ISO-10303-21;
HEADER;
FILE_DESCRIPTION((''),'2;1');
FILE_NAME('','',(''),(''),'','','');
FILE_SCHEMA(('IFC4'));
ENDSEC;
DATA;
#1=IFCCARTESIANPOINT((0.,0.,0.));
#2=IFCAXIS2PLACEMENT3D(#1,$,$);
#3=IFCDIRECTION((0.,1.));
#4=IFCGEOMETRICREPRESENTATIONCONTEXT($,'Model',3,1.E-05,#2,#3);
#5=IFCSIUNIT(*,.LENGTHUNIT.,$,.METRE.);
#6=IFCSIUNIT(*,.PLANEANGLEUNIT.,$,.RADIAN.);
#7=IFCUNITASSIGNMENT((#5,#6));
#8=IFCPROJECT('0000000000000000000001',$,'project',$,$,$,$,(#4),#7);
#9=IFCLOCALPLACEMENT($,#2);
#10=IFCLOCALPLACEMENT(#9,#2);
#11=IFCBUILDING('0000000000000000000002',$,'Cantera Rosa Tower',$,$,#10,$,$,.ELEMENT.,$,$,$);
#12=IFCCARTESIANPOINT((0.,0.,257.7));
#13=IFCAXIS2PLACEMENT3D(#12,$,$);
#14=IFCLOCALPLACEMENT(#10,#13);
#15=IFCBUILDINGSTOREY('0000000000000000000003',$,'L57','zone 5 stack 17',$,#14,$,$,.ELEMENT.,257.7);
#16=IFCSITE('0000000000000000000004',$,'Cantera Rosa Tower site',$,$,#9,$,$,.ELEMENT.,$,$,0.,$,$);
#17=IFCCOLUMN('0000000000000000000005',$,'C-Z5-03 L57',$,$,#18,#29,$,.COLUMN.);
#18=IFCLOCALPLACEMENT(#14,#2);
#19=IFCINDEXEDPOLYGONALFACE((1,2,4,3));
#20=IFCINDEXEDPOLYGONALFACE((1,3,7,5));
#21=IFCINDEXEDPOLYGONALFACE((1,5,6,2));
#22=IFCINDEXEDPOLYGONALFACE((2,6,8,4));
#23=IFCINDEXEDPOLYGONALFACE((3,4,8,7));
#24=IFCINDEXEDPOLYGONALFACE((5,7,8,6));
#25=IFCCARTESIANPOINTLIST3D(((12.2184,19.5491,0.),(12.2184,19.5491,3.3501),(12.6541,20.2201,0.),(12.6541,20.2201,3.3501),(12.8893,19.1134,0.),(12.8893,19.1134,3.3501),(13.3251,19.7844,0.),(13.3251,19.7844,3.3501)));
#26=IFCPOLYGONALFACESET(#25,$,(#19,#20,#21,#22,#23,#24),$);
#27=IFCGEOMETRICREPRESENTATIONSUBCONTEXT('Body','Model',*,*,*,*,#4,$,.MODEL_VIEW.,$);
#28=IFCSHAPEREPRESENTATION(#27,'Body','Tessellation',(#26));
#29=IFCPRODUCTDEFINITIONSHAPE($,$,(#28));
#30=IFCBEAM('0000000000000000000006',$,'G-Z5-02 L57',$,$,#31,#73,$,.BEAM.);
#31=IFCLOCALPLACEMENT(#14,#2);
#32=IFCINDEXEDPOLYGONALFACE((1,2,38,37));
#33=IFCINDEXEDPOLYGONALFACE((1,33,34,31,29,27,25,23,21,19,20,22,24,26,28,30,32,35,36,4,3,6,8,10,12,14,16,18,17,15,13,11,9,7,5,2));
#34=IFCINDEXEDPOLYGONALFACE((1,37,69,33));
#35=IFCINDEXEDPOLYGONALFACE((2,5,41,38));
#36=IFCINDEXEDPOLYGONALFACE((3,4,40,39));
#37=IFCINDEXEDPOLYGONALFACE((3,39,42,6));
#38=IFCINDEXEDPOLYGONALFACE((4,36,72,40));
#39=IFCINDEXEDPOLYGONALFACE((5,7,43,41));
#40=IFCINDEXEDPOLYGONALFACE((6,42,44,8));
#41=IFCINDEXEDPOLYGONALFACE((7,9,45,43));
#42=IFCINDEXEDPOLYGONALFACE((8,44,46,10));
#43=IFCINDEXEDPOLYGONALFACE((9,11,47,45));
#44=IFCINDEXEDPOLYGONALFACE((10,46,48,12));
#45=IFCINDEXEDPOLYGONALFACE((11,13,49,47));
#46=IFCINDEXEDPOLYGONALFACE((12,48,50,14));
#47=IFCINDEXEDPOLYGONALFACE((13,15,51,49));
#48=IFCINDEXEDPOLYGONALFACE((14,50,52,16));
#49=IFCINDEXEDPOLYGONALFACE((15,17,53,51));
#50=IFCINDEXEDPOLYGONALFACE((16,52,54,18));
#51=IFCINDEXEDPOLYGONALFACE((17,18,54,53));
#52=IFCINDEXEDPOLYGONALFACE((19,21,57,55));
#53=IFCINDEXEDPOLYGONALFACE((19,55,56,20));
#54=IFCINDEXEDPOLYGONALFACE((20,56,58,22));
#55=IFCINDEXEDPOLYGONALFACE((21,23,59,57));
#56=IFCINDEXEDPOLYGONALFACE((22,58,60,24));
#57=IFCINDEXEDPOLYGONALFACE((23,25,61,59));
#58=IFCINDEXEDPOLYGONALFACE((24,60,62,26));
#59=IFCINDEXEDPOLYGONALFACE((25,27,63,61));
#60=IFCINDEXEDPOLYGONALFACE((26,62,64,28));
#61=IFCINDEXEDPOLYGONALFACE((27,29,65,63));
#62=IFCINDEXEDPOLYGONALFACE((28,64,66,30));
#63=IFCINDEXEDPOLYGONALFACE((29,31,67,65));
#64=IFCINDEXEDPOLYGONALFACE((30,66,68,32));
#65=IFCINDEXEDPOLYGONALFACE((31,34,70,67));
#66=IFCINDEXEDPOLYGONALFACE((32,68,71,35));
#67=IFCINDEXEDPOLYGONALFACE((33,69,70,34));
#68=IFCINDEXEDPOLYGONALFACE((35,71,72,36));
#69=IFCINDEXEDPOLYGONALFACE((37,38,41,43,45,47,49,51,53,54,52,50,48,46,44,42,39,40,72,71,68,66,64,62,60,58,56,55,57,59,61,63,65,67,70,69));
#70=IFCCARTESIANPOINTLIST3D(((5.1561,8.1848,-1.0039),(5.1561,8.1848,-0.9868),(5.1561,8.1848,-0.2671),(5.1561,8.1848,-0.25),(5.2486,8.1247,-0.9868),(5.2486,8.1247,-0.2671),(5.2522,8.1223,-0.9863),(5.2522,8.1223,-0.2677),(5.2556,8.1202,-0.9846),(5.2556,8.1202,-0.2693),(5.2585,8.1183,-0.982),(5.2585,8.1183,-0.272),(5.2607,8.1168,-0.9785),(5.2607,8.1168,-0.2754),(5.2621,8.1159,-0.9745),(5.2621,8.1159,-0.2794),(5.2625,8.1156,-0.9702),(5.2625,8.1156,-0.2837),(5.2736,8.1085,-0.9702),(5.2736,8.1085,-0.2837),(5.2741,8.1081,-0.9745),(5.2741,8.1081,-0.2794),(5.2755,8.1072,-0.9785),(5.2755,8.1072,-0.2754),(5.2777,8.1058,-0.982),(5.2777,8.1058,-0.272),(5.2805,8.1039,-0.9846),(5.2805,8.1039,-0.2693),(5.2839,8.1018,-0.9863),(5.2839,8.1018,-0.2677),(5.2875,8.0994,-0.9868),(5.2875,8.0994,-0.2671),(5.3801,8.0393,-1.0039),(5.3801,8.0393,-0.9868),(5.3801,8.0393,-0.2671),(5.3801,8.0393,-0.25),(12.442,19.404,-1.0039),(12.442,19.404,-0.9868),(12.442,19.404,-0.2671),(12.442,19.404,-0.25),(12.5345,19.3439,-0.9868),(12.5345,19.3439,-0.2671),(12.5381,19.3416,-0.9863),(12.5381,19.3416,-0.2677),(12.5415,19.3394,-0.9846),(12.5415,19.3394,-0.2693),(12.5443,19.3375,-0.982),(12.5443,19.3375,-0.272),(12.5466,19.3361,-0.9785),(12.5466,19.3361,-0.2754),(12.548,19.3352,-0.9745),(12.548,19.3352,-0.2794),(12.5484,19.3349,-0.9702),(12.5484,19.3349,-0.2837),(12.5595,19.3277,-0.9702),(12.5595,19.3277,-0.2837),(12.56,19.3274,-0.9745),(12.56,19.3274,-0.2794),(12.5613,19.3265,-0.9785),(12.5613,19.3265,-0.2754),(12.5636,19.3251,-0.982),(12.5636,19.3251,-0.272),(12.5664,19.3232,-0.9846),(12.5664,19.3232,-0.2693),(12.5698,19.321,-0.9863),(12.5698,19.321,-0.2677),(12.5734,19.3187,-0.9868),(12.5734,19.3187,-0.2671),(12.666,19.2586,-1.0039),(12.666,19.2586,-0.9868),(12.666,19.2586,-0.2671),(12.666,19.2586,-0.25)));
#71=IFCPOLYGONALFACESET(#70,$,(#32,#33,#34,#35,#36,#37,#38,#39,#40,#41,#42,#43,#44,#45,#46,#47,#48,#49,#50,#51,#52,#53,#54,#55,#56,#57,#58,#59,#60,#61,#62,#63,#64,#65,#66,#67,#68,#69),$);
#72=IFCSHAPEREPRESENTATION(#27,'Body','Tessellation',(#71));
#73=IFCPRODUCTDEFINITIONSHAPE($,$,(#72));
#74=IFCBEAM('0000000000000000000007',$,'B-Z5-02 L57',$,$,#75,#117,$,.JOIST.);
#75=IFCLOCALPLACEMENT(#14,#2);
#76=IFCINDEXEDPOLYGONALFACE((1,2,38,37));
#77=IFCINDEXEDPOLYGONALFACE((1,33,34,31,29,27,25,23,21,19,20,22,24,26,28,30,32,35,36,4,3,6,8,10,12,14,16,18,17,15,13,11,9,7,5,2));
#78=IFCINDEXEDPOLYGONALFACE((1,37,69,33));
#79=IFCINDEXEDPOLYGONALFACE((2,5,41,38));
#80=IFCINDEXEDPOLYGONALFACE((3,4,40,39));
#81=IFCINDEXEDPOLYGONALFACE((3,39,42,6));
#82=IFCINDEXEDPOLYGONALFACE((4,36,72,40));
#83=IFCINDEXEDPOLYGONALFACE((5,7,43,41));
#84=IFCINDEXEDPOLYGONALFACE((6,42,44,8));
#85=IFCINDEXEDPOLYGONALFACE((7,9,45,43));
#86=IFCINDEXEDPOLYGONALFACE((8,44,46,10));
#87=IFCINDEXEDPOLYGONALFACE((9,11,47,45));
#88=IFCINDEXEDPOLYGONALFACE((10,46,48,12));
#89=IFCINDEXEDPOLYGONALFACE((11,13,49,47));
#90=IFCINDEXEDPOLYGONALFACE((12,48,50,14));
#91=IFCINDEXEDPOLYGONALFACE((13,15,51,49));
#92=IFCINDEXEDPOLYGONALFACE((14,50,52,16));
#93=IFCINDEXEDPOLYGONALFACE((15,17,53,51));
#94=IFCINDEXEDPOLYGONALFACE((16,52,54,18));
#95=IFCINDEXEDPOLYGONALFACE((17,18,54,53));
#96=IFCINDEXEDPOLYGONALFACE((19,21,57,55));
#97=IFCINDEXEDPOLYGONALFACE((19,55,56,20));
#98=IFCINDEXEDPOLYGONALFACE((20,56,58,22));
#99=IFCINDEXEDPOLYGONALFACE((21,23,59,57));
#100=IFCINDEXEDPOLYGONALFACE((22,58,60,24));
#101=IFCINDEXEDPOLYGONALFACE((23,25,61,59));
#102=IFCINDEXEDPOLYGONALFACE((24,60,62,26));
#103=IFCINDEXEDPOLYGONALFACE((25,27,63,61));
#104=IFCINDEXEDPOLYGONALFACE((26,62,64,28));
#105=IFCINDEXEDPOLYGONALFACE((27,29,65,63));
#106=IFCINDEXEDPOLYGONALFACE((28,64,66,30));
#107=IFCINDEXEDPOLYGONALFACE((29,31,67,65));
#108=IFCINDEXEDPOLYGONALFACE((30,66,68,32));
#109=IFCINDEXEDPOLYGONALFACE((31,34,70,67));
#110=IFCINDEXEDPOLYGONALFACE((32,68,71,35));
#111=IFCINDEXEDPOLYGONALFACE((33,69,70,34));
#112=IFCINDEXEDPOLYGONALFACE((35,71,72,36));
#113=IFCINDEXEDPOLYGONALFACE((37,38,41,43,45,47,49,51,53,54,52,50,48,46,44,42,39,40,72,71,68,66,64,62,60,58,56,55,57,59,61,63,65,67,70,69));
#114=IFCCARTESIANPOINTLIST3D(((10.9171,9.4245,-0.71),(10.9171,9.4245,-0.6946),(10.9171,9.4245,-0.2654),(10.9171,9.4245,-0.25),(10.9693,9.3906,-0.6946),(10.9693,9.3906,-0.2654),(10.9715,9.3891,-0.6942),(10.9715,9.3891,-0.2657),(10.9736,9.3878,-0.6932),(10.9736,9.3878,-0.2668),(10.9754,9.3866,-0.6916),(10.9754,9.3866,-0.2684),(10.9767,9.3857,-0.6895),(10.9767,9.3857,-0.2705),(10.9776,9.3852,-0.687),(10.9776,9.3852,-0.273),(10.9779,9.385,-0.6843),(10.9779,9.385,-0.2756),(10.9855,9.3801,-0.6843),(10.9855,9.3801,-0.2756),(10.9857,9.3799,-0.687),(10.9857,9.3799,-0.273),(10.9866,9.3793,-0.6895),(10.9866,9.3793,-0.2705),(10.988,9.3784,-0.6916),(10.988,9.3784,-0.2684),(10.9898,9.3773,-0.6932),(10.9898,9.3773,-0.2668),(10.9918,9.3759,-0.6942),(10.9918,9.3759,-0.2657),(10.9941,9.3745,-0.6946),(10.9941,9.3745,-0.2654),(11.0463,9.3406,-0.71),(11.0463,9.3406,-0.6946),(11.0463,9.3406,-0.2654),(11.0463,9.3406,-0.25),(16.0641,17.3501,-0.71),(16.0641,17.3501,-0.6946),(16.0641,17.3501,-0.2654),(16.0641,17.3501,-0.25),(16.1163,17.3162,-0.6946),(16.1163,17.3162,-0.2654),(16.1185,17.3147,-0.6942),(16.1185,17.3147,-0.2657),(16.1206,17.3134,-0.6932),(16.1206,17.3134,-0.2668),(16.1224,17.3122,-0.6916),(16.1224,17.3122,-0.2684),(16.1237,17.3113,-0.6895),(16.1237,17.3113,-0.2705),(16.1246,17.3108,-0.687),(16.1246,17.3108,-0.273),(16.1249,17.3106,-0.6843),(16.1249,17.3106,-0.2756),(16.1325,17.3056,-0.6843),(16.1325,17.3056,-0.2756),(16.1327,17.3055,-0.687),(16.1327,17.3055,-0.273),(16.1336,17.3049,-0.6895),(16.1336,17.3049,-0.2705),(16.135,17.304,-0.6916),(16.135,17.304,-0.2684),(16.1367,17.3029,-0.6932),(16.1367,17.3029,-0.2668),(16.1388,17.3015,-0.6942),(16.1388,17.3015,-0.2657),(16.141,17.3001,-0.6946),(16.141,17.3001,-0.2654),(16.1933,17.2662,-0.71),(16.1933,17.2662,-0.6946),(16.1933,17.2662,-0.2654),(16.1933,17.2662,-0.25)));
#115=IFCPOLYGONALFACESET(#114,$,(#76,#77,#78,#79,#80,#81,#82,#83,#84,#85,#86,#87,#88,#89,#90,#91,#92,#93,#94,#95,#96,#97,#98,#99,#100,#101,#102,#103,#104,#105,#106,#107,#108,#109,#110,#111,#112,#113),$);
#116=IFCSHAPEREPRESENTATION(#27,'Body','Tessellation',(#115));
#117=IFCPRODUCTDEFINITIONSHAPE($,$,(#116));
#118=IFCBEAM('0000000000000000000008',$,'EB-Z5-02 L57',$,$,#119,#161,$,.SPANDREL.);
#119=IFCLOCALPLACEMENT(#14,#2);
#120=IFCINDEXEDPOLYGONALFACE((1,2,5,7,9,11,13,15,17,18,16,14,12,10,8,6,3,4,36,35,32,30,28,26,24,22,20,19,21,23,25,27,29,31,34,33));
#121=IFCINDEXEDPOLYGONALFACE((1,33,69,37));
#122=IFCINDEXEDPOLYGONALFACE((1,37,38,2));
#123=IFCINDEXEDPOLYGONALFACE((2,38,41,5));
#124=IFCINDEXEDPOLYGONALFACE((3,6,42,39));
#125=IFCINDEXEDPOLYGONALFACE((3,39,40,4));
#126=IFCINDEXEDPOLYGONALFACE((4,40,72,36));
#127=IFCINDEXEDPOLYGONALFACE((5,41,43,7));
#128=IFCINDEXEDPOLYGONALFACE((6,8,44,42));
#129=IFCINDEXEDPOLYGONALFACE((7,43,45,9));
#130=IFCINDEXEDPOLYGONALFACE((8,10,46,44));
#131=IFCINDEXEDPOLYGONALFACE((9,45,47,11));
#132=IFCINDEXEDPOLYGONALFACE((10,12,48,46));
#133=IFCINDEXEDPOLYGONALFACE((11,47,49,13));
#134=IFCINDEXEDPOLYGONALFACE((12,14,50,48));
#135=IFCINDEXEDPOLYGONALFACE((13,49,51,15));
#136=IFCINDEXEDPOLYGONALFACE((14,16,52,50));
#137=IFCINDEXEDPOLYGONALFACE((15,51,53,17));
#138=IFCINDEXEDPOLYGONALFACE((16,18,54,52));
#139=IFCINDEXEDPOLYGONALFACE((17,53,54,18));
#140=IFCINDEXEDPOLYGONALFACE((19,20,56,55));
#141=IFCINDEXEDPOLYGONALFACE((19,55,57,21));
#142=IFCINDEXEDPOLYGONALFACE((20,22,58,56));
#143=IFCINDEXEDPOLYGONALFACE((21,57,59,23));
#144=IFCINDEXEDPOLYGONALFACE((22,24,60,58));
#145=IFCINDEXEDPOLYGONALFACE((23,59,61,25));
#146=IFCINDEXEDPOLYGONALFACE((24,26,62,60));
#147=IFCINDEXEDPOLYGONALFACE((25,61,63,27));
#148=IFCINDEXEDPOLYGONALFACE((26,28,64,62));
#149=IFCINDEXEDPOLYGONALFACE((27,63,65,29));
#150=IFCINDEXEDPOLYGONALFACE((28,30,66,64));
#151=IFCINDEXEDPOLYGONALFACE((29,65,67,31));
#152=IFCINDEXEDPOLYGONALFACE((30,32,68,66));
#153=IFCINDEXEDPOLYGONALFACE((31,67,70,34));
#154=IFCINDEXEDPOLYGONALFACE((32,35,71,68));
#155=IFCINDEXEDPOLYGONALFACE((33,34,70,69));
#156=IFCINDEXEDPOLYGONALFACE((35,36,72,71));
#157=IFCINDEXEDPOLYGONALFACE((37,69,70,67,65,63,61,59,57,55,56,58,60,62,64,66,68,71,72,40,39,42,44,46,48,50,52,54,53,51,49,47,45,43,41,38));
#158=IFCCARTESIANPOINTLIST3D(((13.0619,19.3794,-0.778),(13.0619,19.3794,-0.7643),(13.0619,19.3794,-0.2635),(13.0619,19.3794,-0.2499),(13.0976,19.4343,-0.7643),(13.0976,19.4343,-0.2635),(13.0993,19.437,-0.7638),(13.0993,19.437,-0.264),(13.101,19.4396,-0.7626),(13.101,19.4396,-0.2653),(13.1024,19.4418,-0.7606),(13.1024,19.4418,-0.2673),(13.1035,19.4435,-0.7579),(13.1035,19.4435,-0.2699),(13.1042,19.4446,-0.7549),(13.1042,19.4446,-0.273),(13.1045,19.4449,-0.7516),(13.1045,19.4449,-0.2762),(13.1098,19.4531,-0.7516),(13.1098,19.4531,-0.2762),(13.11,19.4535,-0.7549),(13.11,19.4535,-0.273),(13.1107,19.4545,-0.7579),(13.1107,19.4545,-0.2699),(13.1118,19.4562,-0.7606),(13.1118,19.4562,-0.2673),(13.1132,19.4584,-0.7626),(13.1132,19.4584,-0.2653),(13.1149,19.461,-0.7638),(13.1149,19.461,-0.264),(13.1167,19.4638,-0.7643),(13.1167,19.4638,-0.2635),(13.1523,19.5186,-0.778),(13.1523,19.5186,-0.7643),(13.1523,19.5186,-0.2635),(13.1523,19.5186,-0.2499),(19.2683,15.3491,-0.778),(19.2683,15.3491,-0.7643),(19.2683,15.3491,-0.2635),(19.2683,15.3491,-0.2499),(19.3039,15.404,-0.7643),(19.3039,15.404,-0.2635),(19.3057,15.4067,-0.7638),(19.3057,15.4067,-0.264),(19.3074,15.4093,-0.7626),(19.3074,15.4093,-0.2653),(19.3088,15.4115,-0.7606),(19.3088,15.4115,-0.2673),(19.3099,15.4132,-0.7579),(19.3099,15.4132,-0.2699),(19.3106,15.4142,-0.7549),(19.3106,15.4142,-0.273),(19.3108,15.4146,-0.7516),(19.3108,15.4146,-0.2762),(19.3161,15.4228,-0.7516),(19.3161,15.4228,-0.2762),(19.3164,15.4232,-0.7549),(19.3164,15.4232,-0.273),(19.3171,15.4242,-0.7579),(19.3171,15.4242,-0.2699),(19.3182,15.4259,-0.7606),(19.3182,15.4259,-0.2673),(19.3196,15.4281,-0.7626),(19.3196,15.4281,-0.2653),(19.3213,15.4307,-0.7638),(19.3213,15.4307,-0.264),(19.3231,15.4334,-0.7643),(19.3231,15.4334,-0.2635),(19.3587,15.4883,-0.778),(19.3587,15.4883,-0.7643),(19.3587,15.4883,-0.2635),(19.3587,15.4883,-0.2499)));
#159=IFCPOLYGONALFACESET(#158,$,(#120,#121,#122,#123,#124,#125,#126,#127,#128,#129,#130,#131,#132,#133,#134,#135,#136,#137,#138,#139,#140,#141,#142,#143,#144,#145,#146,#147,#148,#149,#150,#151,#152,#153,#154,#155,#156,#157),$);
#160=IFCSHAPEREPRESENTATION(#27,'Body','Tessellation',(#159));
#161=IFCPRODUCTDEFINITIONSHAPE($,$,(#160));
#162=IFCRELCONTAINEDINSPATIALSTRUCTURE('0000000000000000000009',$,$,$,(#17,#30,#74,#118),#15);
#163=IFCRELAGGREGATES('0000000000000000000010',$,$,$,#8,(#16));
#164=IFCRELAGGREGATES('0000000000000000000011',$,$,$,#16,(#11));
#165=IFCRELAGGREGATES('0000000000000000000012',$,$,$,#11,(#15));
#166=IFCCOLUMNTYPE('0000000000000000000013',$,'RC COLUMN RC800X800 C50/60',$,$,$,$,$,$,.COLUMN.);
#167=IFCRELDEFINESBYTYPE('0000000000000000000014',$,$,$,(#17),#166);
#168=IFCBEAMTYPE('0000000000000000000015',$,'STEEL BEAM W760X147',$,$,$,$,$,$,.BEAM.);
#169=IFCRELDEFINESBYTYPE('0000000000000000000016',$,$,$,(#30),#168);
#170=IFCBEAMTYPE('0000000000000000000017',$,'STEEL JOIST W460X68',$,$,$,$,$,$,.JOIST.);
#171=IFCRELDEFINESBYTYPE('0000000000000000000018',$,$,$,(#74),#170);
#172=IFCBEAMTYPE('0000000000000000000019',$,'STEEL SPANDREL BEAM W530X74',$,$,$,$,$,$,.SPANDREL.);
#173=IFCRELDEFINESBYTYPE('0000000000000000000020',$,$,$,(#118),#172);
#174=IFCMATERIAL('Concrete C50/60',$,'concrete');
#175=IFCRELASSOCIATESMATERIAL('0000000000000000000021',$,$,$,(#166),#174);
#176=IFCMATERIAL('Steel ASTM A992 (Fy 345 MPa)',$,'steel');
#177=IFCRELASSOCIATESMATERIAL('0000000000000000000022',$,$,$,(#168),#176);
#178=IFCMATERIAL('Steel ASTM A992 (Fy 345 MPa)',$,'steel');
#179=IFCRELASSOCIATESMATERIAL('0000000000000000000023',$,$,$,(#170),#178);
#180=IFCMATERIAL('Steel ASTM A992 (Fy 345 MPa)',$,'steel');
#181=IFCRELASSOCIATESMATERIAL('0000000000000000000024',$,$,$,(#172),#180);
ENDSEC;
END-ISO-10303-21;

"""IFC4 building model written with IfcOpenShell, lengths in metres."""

from ifc_helpers import new_model, si_unit, direction, frame, origin, origin_2d, place, context, subcontext, project, spatial, rectangle, i_section, extrude, material, material_profile, profile_set, type_object, element, save


model = new_model("IFC4")

# Units and contexts
model_context = context("Model", 3, precision=1e-05, world=origin(), true_north=direction((0.0, 1.0)))
body_context = subcontext(model_context, "Body", "Model", "MODEL_VIEW")
ifc_project = project(units=[si_unit("LENGTHUNIT", "METRE"), si_unit("PLANEANGLEUNIT", "RADIAN")], contexts=[model_context])

# Site, building, storey
site_placement = place(None, origin())
site = spatial("IfcSite", under=ifc_project, at=site_placement, Name="Cantera Rosa Tower site", CompositionType="ELEMENT", RefElevation=0.0)
building_placement = place(site_placement, origin())
building = spatial("IfcBuilding", under=site, at=building_placement, Name="Cantera Rosa Tower", CompositionType="ELEMENT")
storey_placement = place(building_placement, frame((0.0, 0.0, 257.7)))
storey = spatial("IfcBuildingStorey", under=building, at=storey_placement, Name="L57", Description="zone 5 stack 17", CompositionType="ELEMENT", Elevation=257.7)

# Column
ifc_material_1 = material(Name="Concrete C50/60", Category="concrete")
ifc_material_profile_1 = material_profile(ifc_material_1, rectangle(XDim=0.8, YDim=0.8, at=origin_2d()), Name="RC COLUMN RC800X800 C50/60")
ifc_profile_set_1 = profile_set([ifc_material_profile_1], Name="Concrete C50/60")
column_type = type_object("IfcColumnType", Name="RC COLUMN RC800X800 C50/60", PredefinedType="COLUMN", material=ifc_profile_set_1)
column_placement = place(storey_placement, frame((12.7717, 19.6667, 0.0), z_axis=(0.0, 0.0, 1.0), x_axis=(0.544639, 0.838671, 0.0)))
element("IfcColumn", 1, at=column_placement, inside=storey, type_object=column_type, Name="C-Z5-03 L57", PredefinedType="COLUMN", context=body_context, shape_type="SweptSolid", body=[
    extrude(rectangle(XDim=0.8, YDim=0.8, at=origin_2d()), origin(), (0.0, 0.0, 1.0), 3.3501),
])

# Beams
ifc_material_2 = material(Name="Steel ASTM A992 (Fy 345 MPa)", Category="steel")
ifc_material_profile_2 = material_profile(ifc_material_2, i_section(OverallWidth=0.2671, OverallDepth=0.7539, WebThickness=0.0132, FlangeThickness=0.0171, FilletRadius=0.0166, at=origin_2d()), Name="W760X147")
ifc_profile_set_2 = profile_set([ifc_material_profile_2], Name="Steel ASTM A992 (Fy 345 MPa)")
beam_type_1 = type_object("IfcBeamType", Name="STEEL BEAM W760X147", PredefinedType="BEAM", material=ifc_profile_set_2)
beam_1_placement = place(storey_placement, frame((12.554, 19.3313, -0.627), z_axis=(-0.544641, -0.83867, 0.0), x_axis=(0.83867, -0.544641, 0.0)))
element("IfcBeam", 2, at=beam_1_placement, inside=storey, type_object=beam_type_1, Name="G-Z5-02 L57", PredefinedType="BEAM", context=body_context, shape_type="SweptSolid", body=[
    extrude(i_section(OverallWidth=0.2671, OverallDepth=0.7539, WebThickness=0.0132, FlangeThickness=0.0171, FilletRadius=0.0166, at=origin_2d()), origin(), (0.0, 0.0, 1.0), 13.3774),
])
ifc_material_3 = material(Name="Steel ASTM A992 (Fy 345 MPa)", Category="steel")
ifc_material_profile_3 = material_profile(ifc_material_3, i_section(OverallWidth=0.1541, OverallDepth=0.46, WebThickness=0.009, FlangeThickness=0.0154, FilletRadius=0.0103, at=origin_2d()), Name="W460X68")
ifc_profile_set_3 = profile_set([ifc_material_profile_3], Name="Steel ASTM A992 (Fy 345 MPa)")
beam_type_2 = type_object("IfcBeamType", Name="STEEL JOIST W460X68", PredefinedType="JOIST", material=ifc_profile_set_3)
beam_2_placement = place(storey_placement, frame((16.1287, 17.3081, -0.48), z_axis=(-0.544644, -0.838667, 0.0), x_axis=(0.838667, -0.544644, 0.0)))
element("IfcBeam", 3, at=beam_2_placement, inside=storey, type_object=beam_type_2, Name="B-Z5-02 L57", PredefinedType="JOIST", context=body_context, shape_type="SweptSolid", body=[
    extrude(i_section(OverallWidth=0.1541, OverallDepth=0.46, WebThickness=0.009, FlangeThickness=0.0154, FilletRadius=0.0103, at=origin_2d()), origin(), (0.0, 0.0, 1.0), 9.4502),
])
ifc_material_4 = material(Name="Steel ASTM A992 (Fy 345 MPa)", Category="steel")
ifc_material_profile_4 = material_profile(ifc_material_4, i_section(OverallWidth=0.166, OverallDepth=0.5281, WebThickness=0.0098, FlangeThickness=0.0137, FilletRadius=0.0127, at=origin_2d()), Name="W530X74")
ifc_profile_set_4 = profile_set([ifc_material_profile_4], Name="Steel ASTM A992 (Fy 345 MPa)")
beam_type_3 = type_object("IfcBeamType", Name="STEEL SPANDREL BEAM W530X74", PredefinedType="SPANDREL", material=ifc_profile_set_4)
beam_3_placement = place(storey_placement, frame((19.3135, 15.4187, -0.5139), z_axis=(-0.838679, 0.544625, 0.0), x_axis=(-0.544625, -0.838679, 0.0)))
element("IfcBeam", 4, at=beam_3_placement, inside=storey, type_object=beam_type_3, Name="EB-Z5-02 L57", PredefinedType="SPANDREL", context=body_context, shape_type="SweptSolid", body=[
    extrude(i_section(OverallWidth=0.166, OverallDepth=0.5281, WebThickness=0.0098, FlangeThickness=0.0137, FilletRadius=0.0127, at=origin_2d()), origin(), (0.0, 0.0, 1.0), 7.4001),
])

save(model, "model.ifc")
